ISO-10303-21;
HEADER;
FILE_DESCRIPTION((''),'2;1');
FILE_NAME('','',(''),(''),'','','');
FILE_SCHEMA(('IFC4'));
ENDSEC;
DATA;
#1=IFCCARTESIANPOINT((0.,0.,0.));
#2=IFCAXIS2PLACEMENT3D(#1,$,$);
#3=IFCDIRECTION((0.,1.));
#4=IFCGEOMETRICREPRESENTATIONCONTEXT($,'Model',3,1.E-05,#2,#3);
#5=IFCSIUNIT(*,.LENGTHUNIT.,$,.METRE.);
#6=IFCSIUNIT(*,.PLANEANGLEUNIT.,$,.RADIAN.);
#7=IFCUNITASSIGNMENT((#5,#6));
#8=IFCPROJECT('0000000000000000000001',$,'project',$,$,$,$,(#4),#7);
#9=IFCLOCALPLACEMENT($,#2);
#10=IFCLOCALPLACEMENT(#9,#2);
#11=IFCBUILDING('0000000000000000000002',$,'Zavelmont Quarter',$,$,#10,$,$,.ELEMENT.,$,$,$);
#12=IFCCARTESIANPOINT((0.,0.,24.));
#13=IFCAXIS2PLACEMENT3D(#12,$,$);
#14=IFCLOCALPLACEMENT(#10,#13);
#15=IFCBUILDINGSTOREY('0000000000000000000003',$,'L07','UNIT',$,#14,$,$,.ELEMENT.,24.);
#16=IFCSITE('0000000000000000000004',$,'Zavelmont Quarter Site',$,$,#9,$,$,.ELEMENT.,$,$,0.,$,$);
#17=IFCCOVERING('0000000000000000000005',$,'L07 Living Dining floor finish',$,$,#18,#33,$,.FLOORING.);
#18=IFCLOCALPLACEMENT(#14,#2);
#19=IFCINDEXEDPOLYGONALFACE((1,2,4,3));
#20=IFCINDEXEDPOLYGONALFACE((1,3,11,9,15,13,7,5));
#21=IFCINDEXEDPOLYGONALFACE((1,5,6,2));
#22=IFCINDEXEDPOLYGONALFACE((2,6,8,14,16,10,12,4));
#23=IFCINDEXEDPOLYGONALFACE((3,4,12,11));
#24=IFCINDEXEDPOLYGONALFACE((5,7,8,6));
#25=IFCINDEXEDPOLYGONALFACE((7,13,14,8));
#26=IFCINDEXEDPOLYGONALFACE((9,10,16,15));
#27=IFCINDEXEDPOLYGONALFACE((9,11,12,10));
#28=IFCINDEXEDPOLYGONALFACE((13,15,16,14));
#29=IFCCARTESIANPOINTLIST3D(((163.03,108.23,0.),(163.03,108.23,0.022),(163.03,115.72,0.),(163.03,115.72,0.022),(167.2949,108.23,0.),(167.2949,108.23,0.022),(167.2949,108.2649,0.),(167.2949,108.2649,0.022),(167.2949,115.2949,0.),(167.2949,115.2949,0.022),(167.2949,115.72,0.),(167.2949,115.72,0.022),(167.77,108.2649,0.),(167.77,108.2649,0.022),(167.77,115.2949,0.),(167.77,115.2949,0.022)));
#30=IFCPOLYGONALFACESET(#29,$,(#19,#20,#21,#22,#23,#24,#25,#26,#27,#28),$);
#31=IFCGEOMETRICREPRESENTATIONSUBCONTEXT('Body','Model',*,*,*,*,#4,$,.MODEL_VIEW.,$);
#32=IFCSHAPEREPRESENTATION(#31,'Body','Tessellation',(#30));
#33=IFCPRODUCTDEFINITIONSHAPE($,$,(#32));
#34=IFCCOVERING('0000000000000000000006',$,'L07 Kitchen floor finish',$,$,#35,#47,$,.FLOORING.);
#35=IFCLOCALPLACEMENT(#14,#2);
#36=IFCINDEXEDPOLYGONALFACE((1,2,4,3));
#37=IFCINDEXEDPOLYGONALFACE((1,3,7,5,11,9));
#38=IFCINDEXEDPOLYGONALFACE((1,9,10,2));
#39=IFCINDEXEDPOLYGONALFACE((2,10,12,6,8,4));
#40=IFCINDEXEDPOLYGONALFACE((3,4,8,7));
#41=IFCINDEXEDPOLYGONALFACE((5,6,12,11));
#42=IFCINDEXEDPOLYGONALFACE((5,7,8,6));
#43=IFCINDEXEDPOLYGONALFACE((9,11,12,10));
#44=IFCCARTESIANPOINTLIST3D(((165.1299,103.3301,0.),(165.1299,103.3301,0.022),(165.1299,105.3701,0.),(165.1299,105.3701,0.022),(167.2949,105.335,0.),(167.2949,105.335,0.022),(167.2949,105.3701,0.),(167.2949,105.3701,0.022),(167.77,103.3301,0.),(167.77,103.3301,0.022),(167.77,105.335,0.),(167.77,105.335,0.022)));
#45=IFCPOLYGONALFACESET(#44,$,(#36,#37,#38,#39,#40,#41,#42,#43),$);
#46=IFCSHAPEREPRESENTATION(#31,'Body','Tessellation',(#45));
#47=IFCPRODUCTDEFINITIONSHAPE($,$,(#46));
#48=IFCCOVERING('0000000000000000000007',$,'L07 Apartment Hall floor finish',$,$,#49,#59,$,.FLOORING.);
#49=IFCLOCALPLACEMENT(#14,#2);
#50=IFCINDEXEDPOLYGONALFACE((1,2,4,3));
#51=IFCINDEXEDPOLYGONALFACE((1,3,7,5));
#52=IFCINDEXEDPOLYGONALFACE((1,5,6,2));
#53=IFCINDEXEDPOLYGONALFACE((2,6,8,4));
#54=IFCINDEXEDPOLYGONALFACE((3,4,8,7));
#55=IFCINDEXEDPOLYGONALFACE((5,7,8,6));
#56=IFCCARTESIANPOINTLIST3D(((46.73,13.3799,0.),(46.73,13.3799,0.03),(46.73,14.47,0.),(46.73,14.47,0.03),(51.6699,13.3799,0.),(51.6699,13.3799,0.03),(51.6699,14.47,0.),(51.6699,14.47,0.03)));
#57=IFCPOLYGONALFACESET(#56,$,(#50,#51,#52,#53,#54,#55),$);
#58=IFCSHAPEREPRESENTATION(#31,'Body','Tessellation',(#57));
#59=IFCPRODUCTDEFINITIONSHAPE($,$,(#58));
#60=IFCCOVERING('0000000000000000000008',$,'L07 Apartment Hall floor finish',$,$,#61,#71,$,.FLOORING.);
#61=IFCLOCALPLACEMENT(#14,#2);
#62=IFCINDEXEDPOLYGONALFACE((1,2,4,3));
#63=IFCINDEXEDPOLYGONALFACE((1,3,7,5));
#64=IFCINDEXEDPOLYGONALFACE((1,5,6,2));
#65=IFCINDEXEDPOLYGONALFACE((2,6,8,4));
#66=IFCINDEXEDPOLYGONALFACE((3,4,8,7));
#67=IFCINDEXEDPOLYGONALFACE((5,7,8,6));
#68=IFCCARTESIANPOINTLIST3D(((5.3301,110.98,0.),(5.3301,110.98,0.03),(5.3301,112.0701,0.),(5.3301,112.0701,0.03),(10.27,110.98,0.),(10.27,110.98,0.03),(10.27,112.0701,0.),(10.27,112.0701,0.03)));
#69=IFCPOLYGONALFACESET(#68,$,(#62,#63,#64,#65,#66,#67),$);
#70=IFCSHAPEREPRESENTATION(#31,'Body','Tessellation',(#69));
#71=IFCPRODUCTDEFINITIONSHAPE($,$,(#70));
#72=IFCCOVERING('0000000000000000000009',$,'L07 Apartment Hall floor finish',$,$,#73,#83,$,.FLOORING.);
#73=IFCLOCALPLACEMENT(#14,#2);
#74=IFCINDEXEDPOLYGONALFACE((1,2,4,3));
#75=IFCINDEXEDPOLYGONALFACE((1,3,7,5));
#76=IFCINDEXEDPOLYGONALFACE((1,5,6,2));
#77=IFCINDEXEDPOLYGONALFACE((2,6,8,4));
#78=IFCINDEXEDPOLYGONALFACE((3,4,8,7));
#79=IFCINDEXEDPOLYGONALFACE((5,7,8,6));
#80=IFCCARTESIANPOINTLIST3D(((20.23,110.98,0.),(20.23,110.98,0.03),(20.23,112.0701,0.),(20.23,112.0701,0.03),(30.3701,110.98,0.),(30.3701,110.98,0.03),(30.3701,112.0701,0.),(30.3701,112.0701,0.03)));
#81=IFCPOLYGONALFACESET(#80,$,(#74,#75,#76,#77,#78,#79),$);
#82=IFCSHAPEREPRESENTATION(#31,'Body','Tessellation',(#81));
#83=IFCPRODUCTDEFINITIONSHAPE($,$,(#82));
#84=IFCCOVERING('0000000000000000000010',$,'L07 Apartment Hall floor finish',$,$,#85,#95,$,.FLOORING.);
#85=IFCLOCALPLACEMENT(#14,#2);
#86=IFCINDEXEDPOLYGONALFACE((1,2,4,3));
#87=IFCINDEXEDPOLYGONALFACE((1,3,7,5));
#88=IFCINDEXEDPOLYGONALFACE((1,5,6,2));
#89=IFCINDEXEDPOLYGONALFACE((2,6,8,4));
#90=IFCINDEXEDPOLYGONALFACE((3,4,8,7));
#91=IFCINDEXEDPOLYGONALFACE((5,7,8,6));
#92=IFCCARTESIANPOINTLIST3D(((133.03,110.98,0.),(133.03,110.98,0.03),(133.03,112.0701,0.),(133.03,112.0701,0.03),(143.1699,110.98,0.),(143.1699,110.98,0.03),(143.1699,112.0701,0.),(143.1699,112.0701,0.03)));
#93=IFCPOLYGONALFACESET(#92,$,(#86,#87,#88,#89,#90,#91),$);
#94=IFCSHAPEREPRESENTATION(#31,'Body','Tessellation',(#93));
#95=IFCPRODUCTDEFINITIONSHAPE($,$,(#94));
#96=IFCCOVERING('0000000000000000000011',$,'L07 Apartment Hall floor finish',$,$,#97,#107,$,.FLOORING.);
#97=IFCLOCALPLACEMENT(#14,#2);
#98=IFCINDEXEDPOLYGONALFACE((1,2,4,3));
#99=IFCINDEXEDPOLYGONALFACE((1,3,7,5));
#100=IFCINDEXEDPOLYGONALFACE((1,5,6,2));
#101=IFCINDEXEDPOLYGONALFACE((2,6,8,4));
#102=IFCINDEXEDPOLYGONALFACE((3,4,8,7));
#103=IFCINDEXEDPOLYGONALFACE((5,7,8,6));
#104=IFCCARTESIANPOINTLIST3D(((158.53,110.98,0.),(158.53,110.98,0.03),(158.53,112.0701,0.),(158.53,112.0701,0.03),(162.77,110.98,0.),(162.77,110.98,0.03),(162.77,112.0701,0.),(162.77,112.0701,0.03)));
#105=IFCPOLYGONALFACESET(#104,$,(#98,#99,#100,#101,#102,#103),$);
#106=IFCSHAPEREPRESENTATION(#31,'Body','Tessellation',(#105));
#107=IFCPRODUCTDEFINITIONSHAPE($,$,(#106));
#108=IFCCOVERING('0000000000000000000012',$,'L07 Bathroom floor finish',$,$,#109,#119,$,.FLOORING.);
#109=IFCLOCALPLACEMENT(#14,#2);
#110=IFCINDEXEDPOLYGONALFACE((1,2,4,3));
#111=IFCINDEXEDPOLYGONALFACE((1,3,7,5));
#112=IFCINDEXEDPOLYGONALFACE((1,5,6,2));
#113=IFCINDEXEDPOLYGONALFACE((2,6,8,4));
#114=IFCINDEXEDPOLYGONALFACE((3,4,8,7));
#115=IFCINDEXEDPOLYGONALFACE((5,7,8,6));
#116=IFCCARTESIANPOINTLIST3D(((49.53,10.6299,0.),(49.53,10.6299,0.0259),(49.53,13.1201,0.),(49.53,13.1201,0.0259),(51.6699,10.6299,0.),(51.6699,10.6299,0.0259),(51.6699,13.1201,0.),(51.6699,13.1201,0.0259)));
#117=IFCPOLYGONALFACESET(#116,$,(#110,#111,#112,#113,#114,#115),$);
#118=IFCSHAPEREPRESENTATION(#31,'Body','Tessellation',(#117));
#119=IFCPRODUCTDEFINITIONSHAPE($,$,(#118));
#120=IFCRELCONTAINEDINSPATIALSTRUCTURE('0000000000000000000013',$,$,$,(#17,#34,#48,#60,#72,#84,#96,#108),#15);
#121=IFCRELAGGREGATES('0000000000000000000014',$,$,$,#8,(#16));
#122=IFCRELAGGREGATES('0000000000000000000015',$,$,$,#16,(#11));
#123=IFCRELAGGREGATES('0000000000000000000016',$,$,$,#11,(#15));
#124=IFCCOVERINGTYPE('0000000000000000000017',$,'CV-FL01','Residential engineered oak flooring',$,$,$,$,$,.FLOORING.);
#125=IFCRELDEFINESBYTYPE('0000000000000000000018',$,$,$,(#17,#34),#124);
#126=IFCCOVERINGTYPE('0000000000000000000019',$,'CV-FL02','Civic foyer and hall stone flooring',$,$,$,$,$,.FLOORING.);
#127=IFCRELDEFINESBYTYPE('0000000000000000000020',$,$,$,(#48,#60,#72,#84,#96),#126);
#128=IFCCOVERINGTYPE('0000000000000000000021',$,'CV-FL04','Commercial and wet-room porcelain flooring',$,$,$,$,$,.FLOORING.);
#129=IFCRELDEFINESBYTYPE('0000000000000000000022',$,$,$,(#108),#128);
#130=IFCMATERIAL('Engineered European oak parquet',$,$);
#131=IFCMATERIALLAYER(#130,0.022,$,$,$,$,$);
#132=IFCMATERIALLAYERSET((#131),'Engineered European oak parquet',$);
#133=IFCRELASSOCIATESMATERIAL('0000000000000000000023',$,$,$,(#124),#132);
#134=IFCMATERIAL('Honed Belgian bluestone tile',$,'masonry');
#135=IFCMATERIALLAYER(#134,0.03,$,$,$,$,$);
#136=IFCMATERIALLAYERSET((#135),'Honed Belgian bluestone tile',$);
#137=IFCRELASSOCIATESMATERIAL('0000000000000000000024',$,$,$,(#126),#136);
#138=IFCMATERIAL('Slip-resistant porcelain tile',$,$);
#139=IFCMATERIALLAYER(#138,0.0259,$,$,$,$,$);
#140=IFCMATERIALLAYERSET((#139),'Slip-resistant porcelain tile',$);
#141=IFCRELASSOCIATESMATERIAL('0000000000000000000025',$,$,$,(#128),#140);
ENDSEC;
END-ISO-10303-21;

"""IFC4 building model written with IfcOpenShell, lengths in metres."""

from ifc_helpers import new_model, si_unit, direction, frame, origin, place, context, subcontext, project, spatial, polyline, outline, extrude, material, layer, layer_set, type_object, element, save


model = new_model("IFC4")

# Units and contexts
model_context = context("Model", 3, precision=1e-05, world=origin(), true_north=direction((0.0, 1.0)))
body_context = subcontext(model_context, "Body", "Model", "MODEL_VIEW")
ifc_project = project(units=[si_unit("LENGTHUNIT", "METRE"), si_unit("PLANEANGLEUNIT", "RADIAN")], contexts=[model_context])

# Site, building, storey
site_placement = place(None, origin())
site = spatial("IfcSite", under=ifc_project, at=site_placement, Name="Zavelmont Quarter Site", CompositionType="ELEMENT", RefElevation=0.0)
building_placement = place(site_placement, origin())
building = spatial("IfcBuilding", under=site, at=building_placement, Name="Zavelmont Quarter", CompositionType="ELEMENT")
storey_placement = place(building_placement, frame((0.0, 0.0, 24.0)))
storey = spatial("IfcBuildingStorey", under=building, at=storey_placement, Name="L07", Description="UNIT", CompositionType="ELEMENT", Elevation=24.0)

# Coverings
ifc_material_1 = material(Name="Engineered European oak parquet")
ifc_layer_1 = layer(ifc_material_1, 0.022)
ifc_layer_set_1 = layer_set([ifc_layer_1], Name="Engineered European oak parquet")
covering_type_1 = type_object("IfcCoveringType", Name="CV-FL01", Description="Residential engineered oak flooring", PredefinedType="FLOORING", material=ifc_layer_set_1)
covering_1_placement = place(storey_placement, origin())
element("IfcCovering", 1, at=covering_1_placement, inside=storey, type_object=covering_type_1, Name="L07 Living Dining floor finish", PredefinedType="FLOORING", context=body_context, shape_type="SweptSolid", body=[
    extrude(outline(polyline([(163.03, 115.72), (167.2949, 115.72), (167.2949, 115.2949), (167.77, 115.2949), (167.77, 108.2649), (167.2949, 108.2649), (167.2949, 108.23), (163.03, 108.23), (163.03, 115.72)])), origin(), (0.0, 0.0, 1.0), 0.022),
])
covering_2_placement = place(storey_placement, origin())
element("IfcCovering", 2, at=covering_2_placement, inside=storey, type_object=covering_type_1, Name="L07 Kitchen floor finish", PredefinedType="FLOORING", context=body_context, shape_type="SweptSolid", body=[
    extrude(outline(polyline([(165.1299, 105.3701), (167.2949, 105.3701), (167.2949, 105.335), (167.77, 105.335), (167.77, 103.3301), (165.1299, 103.3301), (165.1299, 105.3701)])), origin(), (0.0, 0.0, 1.0), 0.022),
])
ifc_material_2 = material(Name="Honed Belgian bluestone tile", Category="masonry")
ifc_layer_2 = layer(ifc_material_2, 0.03)
ifc_layer_set_2 = layer_set([ifc_layer_2], Name="Honed Belgian bluestone tile")
covering_type_2 = type_object("IfcCoveringType", Name="CV-FL02", Description="Civic foyer and hall stone flooring", PredefinedType="FLOORING", material=ifc_layer_set_2)
covering_3_placement = place(storey_placement, origin())
element("IfcCovering", 3, at=covering_3_placement, inside=storey, type_object=covering_type_2, Name="L07 Apartment Hall floor finish", PredefinedType="FLOORING", context=body_context, shape_type="SweptSolid", body=[
    extrude(outline(polyline([(46.73, 14.47), (51.6699, 14.47), (51.6699, 13.3799), (46.73, 13.3799), (46.73, 14.47)])), origin(), (0.0, 0.0, 1.0), 0.03),
])
covering_4_placement = place(storey_placement, origin())
element("IfcCovering", 4, at=covering_4_placement, inside=storey, type_object=covering_type_2, Name="L07 Apartment Hall floor finish", PredefinedType="FLOORING", context=body_context, shape_type="SweptSolid", body=[
    extrude(outline(polyline([(5.3301, 112.0701), (10.27, 112.0701), (10.27, 110.98), (5.3301, 110.98), (5.3301, 112.0701)])), origin(), (0.0, 0.0, 1.0), 0.03),
])
covering_5_placement = place(storey_placement, origin())
element("IfcCovering", 5, at=covering_5_placement, inside=storey, type_object=covering_type_2, Name="L07 Apartment Hall floor finish", PredefinedType="FLOORING", context=body_context, shape_type="SweptSolid", body=[
    extrude(outline(polyline([(20.23, 112.0701), (30.3701, 112.0701), (30.3701, 110.98), (20.23, 110.98), (20.23, 112.0701)])), origin(), (0.0, 0.0, 1.0), 0.03),
])
covering_6_placement = place(storey_placement, origin())
element("IfcCovering", 6, at=covering_6_placement, inside=storey, type_object=covering_type_2, Name="L07 Apartment Hall floor finish", PredefinedType="FLOORING", context=body_context, shape_type="SweptSolid", body=[
    extrude(outline(polyline([(133.03, 112.0701), (143.1699, 112.0701), (143.1699, 110.98), (133.03, 110.98), (133.03, 112.0701)])), origin(), (0.0, 0.0, 1.0), 0.03),
])
covering_7_placement = place(storey_placement, origin())
element("IfcCovering", 7, at=covering_7_placement, inside=storey, type_object=covering_type_2, Name="L07 Apartment Hall floor finish", PredefinedType="FLOORING", context=body_context, shape_type="SweptSolid", body=[
    extrude(outline(polyline([(158.53, 112.0701), (162.77, 112.0701), (162.77, 110.98), (158.53, 110.98), (158.53, 112.0701)])), origin(), (0.0, 0.0, 1.0), 0.03),
])
ifc_material_3 = material(Name="Slip-resistant porcelain tile")
ifc_layer_3 = layer(ifc_material_3, 0.0259)
ifc_layer_set_3 = layer_set([ifc_layer_3], Name="Slip-resistant porcelain tile")
covering_type_3 = type_object("IfcCoveringType", Name="CV-FL04", Description="Commercial and wet-room porcelain flooring", PredefinedType="FLOORING", material=ifc_layer_set_3)
covering_8_placement = place(storey_placement, origin())
element("IfcCovering", 8, at=covering_8_placement, inside=storey, type_object=covering_type_3, Name="L07 Bathroom floor finish", PredefinedType="FLOORING", context=body_context, shape_type="SweptSolid", body=[
    extrude(outline(polyline([(49.53, 13.1201), (51.6699, 13.1201), (51.6699, 10.6299), (49.53, 10.6299), (49.53, 13.1201)])), origin(), (0.0, 0.0, 1.0), 0.0259),
])

save(model, "model.ifc")
